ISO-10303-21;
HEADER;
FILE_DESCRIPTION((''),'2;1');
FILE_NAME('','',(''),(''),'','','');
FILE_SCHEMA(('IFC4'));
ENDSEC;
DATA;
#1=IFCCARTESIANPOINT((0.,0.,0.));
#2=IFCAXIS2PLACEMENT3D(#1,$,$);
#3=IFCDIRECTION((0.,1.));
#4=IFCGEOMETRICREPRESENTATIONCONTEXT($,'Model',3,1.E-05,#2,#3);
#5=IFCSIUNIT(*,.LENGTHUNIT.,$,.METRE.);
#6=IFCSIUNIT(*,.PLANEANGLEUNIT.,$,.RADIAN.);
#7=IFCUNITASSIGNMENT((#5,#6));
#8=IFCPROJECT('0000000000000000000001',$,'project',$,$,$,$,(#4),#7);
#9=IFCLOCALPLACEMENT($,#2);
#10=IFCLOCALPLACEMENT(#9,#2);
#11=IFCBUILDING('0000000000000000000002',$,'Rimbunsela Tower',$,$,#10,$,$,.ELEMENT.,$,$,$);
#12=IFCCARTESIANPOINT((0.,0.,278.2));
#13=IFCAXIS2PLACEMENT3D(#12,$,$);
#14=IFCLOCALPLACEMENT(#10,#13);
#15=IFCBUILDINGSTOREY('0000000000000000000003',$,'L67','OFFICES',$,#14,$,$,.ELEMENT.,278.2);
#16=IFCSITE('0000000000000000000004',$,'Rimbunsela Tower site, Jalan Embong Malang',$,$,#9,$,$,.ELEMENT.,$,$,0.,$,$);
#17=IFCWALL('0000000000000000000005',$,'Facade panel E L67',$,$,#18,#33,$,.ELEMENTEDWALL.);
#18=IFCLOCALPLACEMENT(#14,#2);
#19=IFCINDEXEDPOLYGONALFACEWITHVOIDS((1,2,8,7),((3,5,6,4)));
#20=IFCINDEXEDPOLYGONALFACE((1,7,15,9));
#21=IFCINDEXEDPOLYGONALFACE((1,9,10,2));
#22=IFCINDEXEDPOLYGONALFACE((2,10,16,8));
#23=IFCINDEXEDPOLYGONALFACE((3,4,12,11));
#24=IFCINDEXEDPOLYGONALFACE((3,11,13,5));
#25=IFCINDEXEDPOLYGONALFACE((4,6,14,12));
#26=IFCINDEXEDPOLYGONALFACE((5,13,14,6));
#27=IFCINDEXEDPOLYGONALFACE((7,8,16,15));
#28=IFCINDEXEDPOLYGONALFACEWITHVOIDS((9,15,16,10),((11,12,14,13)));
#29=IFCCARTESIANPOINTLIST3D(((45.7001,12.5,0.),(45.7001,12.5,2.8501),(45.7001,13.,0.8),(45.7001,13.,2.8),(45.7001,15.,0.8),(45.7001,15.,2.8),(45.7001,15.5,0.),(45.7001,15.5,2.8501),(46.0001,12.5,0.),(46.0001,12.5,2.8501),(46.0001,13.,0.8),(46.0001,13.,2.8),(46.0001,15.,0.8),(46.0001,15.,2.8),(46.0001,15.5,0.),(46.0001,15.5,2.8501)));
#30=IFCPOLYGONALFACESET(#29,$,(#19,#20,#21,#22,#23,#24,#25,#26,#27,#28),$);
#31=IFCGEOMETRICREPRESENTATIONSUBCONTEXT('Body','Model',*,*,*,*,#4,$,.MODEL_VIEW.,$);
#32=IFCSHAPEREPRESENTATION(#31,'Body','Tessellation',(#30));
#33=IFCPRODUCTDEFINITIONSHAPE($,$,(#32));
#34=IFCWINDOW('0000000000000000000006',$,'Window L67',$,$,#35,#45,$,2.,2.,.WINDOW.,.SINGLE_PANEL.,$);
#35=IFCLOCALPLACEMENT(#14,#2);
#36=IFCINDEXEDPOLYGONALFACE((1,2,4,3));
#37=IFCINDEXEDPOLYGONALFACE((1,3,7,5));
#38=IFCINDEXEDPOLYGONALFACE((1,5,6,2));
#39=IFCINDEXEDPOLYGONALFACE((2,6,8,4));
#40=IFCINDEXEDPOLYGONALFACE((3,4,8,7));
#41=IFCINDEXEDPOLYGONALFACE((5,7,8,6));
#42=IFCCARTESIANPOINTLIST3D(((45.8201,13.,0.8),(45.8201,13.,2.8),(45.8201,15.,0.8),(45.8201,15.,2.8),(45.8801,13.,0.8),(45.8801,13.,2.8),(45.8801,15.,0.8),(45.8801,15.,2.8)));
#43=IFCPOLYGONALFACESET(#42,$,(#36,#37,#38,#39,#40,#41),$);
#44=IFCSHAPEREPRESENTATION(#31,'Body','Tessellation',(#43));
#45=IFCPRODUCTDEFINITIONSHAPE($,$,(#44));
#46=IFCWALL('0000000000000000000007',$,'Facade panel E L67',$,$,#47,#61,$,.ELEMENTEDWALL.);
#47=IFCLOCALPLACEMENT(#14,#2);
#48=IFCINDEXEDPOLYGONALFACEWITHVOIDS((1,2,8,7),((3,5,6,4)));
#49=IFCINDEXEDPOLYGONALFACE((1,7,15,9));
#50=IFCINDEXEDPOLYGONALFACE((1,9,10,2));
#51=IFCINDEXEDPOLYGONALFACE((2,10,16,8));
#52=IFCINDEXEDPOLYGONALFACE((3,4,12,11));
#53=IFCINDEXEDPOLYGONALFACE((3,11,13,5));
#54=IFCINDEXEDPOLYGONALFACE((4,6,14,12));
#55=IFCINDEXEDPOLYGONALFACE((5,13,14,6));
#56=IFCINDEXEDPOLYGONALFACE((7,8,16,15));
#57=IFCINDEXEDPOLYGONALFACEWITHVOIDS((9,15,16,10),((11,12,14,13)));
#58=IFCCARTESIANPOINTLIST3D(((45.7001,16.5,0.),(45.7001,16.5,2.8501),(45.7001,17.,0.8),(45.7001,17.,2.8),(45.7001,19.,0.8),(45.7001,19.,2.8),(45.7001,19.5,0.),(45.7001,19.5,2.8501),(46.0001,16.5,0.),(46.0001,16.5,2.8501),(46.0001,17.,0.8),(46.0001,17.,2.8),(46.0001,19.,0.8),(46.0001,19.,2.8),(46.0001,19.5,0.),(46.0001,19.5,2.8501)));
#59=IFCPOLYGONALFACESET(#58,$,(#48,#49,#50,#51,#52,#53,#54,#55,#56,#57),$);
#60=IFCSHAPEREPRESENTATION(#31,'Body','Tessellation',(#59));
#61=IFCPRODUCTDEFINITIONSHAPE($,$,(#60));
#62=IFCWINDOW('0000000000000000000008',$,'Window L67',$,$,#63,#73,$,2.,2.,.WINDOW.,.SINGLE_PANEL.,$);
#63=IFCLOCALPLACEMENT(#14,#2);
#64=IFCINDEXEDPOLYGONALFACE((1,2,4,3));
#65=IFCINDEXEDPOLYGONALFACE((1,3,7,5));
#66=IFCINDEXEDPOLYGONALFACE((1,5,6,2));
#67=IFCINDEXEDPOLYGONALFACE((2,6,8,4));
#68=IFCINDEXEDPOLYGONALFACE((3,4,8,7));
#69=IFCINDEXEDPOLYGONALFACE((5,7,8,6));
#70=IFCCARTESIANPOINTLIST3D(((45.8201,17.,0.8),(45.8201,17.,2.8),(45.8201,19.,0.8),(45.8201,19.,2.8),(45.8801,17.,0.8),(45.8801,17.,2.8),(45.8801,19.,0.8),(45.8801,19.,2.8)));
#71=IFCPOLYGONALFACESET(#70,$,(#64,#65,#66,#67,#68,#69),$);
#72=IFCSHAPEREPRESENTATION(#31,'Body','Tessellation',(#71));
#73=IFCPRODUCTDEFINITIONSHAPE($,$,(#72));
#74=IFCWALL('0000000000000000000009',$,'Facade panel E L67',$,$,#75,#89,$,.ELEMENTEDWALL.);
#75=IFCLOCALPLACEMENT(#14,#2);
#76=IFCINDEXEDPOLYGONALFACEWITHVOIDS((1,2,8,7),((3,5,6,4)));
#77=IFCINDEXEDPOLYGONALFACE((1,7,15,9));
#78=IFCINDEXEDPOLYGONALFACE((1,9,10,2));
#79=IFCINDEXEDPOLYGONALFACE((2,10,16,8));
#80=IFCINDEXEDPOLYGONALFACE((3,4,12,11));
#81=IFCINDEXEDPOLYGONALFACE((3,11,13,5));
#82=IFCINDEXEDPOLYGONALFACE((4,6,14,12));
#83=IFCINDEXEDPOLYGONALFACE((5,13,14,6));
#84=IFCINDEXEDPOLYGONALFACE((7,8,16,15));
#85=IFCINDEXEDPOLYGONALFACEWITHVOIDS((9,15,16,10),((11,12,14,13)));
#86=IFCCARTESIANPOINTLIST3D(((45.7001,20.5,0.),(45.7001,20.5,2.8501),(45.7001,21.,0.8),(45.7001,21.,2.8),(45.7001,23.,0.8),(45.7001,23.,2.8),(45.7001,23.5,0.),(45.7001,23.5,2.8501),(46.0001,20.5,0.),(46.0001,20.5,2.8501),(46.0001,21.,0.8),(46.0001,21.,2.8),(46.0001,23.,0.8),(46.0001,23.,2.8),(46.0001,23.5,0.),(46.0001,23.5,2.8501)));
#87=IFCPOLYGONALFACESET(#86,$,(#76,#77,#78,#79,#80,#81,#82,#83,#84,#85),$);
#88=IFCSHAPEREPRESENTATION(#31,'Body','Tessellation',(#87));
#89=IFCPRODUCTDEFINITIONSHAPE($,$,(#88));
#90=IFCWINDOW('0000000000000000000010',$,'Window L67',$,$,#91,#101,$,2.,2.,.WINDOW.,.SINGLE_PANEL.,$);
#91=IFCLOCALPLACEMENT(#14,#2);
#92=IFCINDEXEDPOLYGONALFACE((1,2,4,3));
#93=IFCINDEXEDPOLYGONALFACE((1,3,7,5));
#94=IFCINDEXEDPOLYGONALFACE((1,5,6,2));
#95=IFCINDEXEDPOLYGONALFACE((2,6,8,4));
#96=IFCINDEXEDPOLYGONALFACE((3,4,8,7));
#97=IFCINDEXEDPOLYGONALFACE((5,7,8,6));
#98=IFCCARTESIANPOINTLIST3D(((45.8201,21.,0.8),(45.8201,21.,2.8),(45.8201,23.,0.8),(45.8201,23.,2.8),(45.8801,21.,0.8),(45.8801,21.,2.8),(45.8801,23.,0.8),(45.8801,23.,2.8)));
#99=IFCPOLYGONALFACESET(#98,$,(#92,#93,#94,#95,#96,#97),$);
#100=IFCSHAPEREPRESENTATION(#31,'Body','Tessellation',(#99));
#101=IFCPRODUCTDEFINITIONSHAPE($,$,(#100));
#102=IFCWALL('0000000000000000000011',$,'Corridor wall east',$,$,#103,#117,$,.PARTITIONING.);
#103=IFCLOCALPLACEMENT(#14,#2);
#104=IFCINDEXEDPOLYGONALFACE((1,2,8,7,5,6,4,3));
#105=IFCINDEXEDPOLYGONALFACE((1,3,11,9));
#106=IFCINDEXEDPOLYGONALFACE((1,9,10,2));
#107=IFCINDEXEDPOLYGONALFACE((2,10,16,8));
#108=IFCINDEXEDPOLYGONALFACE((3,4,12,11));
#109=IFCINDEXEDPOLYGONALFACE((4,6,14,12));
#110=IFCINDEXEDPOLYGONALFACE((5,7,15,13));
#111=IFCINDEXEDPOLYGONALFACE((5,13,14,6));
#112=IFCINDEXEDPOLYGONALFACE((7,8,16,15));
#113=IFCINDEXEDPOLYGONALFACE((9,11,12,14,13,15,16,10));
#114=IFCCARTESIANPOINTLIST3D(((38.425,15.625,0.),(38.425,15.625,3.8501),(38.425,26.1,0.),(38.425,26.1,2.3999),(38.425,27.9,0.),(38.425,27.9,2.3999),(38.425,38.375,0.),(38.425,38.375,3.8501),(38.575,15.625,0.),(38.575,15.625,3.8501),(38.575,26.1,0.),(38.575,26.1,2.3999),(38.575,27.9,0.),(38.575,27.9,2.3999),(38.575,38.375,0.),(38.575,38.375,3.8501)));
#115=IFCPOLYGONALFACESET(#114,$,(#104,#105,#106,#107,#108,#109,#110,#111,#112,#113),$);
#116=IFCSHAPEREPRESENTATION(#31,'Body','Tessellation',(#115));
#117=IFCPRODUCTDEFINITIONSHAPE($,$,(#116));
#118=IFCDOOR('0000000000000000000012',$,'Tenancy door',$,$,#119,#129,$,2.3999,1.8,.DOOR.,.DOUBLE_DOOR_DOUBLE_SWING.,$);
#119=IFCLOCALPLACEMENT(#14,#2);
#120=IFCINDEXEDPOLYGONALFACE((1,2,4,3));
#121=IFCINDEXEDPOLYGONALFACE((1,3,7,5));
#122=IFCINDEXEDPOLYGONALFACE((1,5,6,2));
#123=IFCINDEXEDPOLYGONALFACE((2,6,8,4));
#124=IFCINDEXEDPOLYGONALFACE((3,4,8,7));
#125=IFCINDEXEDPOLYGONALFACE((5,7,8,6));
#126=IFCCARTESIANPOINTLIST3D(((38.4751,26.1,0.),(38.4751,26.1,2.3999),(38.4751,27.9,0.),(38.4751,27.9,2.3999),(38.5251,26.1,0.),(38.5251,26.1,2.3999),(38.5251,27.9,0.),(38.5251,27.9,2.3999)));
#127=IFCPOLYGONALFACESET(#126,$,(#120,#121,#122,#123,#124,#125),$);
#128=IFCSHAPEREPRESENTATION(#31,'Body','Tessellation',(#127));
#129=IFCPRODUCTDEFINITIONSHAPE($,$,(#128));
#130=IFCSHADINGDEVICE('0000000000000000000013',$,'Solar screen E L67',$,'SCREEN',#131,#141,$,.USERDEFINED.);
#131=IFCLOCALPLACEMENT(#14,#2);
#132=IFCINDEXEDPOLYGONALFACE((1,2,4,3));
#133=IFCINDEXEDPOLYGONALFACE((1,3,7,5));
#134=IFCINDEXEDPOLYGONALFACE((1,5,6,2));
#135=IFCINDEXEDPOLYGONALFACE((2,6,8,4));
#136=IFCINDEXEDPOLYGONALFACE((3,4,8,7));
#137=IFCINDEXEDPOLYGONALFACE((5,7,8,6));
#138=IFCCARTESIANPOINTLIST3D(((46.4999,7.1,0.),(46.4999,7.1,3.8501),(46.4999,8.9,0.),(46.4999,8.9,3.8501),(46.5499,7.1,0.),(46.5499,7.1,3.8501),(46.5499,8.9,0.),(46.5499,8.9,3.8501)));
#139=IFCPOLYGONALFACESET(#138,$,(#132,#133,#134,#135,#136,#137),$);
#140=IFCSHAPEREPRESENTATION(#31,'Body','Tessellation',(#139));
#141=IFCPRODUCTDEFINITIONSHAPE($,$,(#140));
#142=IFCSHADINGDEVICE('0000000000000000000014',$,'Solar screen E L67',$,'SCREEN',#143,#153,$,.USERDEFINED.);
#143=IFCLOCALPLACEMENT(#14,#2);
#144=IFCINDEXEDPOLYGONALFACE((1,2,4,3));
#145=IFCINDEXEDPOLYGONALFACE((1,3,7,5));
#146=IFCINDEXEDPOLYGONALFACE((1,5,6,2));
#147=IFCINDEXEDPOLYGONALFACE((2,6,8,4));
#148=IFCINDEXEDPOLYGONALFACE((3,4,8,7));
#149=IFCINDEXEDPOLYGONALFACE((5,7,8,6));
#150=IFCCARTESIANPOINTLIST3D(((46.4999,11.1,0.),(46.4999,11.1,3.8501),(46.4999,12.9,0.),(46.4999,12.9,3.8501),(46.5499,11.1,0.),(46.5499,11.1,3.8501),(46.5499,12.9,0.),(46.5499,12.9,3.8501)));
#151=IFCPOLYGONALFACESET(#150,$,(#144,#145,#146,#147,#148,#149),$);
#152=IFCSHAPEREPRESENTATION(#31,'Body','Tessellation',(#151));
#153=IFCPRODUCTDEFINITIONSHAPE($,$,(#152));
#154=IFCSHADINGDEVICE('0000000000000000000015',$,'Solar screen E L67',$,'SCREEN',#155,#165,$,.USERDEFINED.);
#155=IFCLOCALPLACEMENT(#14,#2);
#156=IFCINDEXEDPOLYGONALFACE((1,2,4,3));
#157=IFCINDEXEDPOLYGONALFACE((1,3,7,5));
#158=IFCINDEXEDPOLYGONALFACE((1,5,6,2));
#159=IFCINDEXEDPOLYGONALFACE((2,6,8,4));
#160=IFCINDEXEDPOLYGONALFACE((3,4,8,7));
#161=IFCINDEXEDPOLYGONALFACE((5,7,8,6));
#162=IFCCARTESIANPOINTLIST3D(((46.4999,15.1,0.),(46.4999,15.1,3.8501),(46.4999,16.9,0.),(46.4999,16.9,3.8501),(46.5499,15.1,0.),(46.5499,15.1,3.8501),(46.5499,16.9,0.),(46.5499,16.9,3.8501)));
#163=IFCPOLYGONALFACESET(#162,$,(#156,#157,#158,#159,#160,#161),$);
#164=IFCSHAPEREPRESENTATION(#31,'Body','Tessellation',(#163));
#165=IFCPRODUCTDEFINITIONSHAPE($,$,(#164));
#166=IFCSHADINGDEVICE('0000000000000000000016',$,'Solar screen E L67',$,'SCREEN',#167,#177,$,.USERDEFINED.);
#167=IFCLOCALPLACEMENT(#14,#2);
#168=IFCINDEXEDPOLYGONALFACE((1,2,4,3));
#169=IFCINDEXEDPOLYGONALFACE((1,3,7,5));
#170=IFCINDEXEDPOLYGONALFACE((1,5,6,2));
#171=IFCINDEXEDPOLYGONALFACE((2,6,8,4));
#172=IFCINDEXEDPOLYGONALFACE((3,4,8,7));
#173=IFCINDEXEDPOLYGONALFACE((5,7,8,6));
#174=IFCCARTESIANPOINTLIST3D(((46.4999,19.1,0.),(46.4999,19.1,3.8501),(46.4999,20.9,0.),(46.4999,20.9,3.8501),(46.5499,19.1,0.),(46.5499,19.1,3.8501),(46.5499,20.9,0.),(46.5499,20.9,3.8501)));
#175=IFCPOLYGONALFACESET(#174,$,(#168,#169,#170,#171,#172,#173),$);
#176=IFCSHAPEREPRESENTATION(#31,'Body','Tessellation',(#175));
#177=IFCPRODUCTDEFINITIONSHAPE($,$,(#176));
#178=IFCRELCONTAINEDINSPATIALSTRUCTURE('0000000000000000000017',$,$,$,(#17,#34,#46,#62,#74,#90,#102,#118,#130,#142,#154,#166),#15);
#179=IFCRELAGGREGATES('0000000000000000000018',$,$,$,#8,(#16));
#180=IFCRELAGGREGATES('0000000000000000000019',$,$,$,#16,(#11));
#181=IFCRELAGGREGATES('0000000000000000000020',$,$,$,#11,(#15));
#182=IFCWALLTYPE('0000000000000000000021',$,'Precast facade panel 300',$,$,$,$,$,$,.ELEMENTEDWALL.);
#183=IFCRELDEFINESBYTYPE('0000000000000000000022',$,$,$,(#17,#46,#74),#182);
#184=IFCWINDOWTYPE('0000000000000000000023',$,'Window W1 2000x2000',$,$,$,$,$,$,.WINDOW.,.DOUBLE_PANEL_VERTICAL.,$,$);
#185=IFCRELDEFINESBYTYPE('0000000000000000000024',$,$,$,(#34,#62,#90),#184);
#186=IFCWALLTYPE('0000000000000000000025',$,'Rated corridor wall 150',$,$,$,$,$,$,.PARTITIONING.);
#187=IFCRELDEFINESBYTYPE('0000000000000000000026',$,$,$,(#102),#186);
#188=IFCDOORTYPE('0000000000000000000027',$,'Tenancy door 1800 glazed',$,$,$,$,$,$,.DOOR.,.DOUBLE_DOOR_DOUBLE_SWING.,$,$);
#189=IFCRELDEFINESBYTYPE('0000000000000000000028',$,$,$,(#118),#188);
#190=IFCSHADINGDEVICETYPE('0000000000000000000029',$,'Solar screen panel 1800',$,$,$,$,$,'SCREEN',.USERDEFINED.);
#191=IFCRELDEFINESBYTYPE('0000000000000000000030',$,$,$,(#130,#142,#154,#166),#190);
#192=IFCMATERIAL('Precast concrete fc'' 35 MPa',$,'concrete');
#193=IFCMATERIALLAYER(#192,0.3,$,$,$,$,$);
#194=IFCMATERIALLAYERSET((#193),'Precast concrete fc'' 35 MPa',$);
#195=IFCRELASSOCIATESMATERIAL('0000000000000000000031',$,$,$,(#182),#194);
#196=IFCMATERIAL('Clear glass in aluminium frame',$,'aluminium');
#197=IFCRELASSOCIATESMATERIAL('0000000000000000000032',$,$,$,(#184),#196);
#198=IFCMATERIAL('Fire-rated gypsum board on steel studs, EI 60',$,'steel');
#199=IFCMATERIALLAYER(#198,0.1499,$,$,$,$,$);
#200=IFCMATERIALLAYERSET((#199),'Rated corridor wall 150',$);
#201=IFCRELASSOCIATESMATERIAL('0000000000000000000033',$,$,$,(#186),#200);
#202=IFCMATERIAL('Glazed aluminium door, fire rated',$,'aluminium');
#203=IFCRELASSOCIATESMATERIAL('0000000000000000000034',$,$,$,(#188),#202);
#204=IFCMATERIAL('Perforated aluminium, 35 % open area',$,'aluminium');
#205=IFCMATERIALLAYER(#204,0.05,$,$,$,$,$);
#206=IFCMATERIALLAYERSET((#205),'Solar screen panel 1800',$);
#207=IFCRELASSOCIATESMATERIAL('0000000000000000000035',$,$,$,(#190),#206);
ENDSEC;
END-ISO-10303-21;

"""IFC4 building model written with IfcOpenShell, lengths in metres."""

from ifc_helpers import new_model, si_unit, direction, frame, frame_2d, origin, origin_2d, place, context, subcontext, project, spatial, rectangle, extrude, material, layer, layer_set, type_object, element, fill, save


model = new_model("IFC4")

# Units and contexts
model_context = context("Model", 3, precision=1e-05, world=origin(), true_north=direction((0.0, 1.0)))
body_context = subcontext(model_context, "Body", "Model", "MODEL_VIEW")
ifc_project = project(units=[si_unit("LENGTHUNIT", "METRE"), si_unit("PLANEANGLEUNIT", "RADIAN")], contexts=[model_context])

# Site, building, storey
site_placement = place(None, origin())
site = spatial("IfcSite", under=ifc_project, at=site_placement, Name="Rimbunsela Tower site, Jalan Embong Malang", CompositionType="ELEMENT", RefElevation=0.0)
building_placement = place(site_placement, origin())
building = spatial("IfcBuilding", under=site, at=building_placement, Name="Rimbunsela Tower", CompositionType="ELEMENT")
storey_placement = place(building_placement, frame((0.0, 0.0, 278.2)))
storey = spatial("IfcBuildingStorey", under=building, at=storey_placement, Name="L67", Description="OFFICES", CompositionType="ELEMENT", Elevation=278.2)

# Walls, openings, windows
ifc_material_1 = material(Name="Precast concrete fc' 35 MPa", Category="concrete")
ifc_layer_1 = layer(ifc_material_1, 0.3)
ifc_layer_set_1 = layer_set([ifc_layer_1], Name="Precast concrete fc' 35 MPa")
wall_type_1 = type_object("IfcWallType", Name="Precast facade panel 300", PredefinedType="ELEMENTEDWALL", material=ifc_layer_set_1)
ifc_material_2 = material(Name="Clear glass in aluminium frame", Category="aluminium")
window_type = type_object("IfcWindowType", Name="Window W1 2000x2000", PartitioningType="DOUBLE_PANEL_VERTICAL", PredefinedType="WINDOW", material=ifc_material_2)
wall_1_placement = place(storey_placement, frame((45.8501, 12.5, 0.0), z_axis=(0.0, 0.0, 1.0), x_axis=(0.0, 1.0, 0.0)))
wall_1 = element("IfcWall", 1, at=wall_1_placement, inside=storey, type_object=wall_type_1, Name="Facade panel E L67", PredefinedType="ELEMENTEDWALL", context=body_context, shape_type="SweptSolid", body=[
    extrude(rectangle(XDim=3.0, YDim=0.3, at=frame_2d((1.5, 0.0))), origin(), (0.0, 0.0, 1.0), 2.8501),
])
opening_1_placement = place(wall_1_placement, frame((0.5, 0.0, 0.8)))
opening_1 = element("IfcOpeningElement", 2, at=opening_1_placement, cuts=wall_1, PredefinedType="OPENING", context=body_context, shape_type="SweptSolid", body=[
    extrude(rectangle(XDim=2.0, YDim=2.0, at=frame_2d((1.0, 1.0))), frame((0.0, 0.1599, 0.0), z_axis=(0.0, -1.0, 0.0), x_axis=(1.0, 0.0, 0.0)), (0.0, 0.0, 1.0), 0.3201),
])
window_1_placement = place(opening_1_placement, origin())
window_1 = element("IfcWindow", 3, at=window_1_placement, inside=storey, type_object=window_type, Name="Window L67", OverallHeight=2.0, OverallWidth=2.0, PartitioningType="SINGLE_PANEL", PredefinedType="WINDOW", context=body_context, shape_type="SweptSolid", body=[
    extrude(rectangle(XDim=2.0, YDim=2.0, at=frame_2d((1.0, 1.0))), frame((0.0, 0.03, 0.0), z_axis=(0.0, -1.0, 0.0), x_axis=(1.0, 0.0, 0.0)), (0.0, 0.0, 1.0), 0.0601),
])
fill(opening_1, window_1)
wall_2_placement = place(storey_placement, frame((45.8501, 16.5, 0.0), z_axis=(0.0, 0.0, 1.0), x_axis=(0.0, 1.0, 0.0)))
wall_2 = element("IfcWall", 4, at=wall_2_placement, inside=storey, type_object=wall_type_1, Name="Facade panel E L67", PredefinedType="ELEMENTEDWALL", context=body_context, shape_type="SweptSolid", body=[
    extrude(rectangle(XDim=3.0, YDim=0.3, at=frame_2d((1.5, 0.0))), origin(), (0.0, 0.0, 1.0), 2.8501),
])
opening_2_placement = place(wall_2_placement, frame((0.5, 0.0, 0.8)))
opening_2 = element("IfcOpeningElement", 5, at=opening_2_placement, cuts=wall_2, PredefinedType="OPENING", context=body_context, shape_type="SweptSolid", body=[
    extrude(rectangle(XDim=2.0, YDim=2.0, at=frame_2d((1.0, 1.0))), frame((0.0, 0.1599, 0.0), z_axis=(0.0, -1.0, 0.0), x_axis=(1.0, 0.0, 0.0)), (0.0, 0.0, 1.0), 0.3201),
])
window_2_placement = place(opening_2_placement, origin())
window_2 = element("IfcWindow", 6, at=window_2_placement, inside=storey, type_object=window_type, Name="Window L67", OverallHeight=2.0, OverallWidth=2.0, PartitioningType="SINGLE_PANEL", PredefinedType="WINDOW", context=body_context, shape_type="SweptSolid", body=[
    extrude(rectangle(XDim=2.0, YDim=2.0, at=frame_2d((1.0, 1.0))), frame((0.0, 0.03, 0.0), z_axis=(0.0, -1.0, 0.0), x_axis=(1.0, 0.0, 0.0)), (0.0, 0.0, 1.0), 0.0601),
])
fill(opening_2, window_2)
wall_3_placement = place(storey_placement, frame((45.8501, 20.5, 0.0), z_axis=(0.0, 0.0, 1.0), x_axis=(0.0, 1.0, 0.0)))
wall_3 = element("IfcWall", 7, at=wall_3_placement, inside=storey, type_object=wall_type_1, Name="Facade panel E L67", PredefinedType="ELEMENTEDWALL", context=body_context, shape_type="SweptSolid", body=[
    extrude(rectangle(XDim=3.0, YDim=0.3, at=frame_2d((1.5, 0.0))), origin(), (0.0, 0.0, 1.0), 2.8501),
])
opening_3_placement = place(wall_3_placement, frame((0.5, 0.0, 0.8)))
opening_3 = element("IfcOpeningElement", 8, at=opening_3_placement, cuts=wall_3, PredefinedType="OPENING", context=body_context, shape_type="SweptSolid", body=[
    extrude(rectangle(XDim=2.0, YDim=2.0, at=frame_2d((1.0, 1.0))), frame((0.0, 0.1599, 0.0), z_axis=(0.0, -1.0, 0.0), x_axis=(1.0, 0.0, 0.0)), (0.0, 0.0, 1.0), 0.3201),
])
window_3_placement = place(opening_3_placement, origin())
window_3 = element("IfcWindow", 9, at=window_3_placement, inside=storey, type_object=window_type, Name="Window L67", OverallHeight=2.0, OverallWidth=2.0, PartitioningType="SINGLE_PANEL", PredefinedType="WINDOW", context=body_context, shape_type="SweptSolid", body=[
    extrude(rectangle(XDim=2.0, YDim=2.0, at=frame_2d((1.0, 1.0))), frame((0.0, 0.03, 0.0), z_axis=(0.0, -1.0, 0.0), x_axis=(1.0, 0.0, 0.0)), (0.0, 0.0, 1.0), 0.0601),
])
fill(opening_3, window_3)

# Wall, opening, door
ifc_material_3 = material(Name="Fire-rated gypsum board on steel studs, EI 60", Category="steel")
ifc_layer_2 = layer(ifc_material_3, 0.1499)
ifc_layer_set_2 = layer_set([ifc_layer_2], Name="Rated corridor wall 150")
wall_type_2 = type_object("IfcWallType", Name="Rated corridor wall 150", PredefinedType="PARTITIONING", material=ifc_layer_set_2)
wall_4_placement = place(storey_placement, frame((38.5, 15.625, 0.0), z_axis=(0.0, 0.0, 1.0), x_axis=(0.0, 1.0, 0.0)))
wall_4 = element("IfcWall", 10, at=wall_4_placement, inside=storey, type_object=wall_type_2, Name="Corridor wall east", PredefinedType="PARTITIONING", context=body_context, shape_type="SweptSolid", body=[
    extrude(rectangle(XDim=22.75, YDim=0.1499, at=frame_2d((11.375, 0.0))), origin(), (0.0, 0.0, 1.0), 3.8501),
])
opening_4_placement = place(wall_4_placement, frame((10.4751, 0.0, 0.0)))
opening_4 = element("IfcOpeningElement", 11, at=opening_4_placement, cuts=wall_4, PredefinedType="OPENING", context=body_context, shape_type="SweptSolid", body=[
    extrude(rectangle(XDim=1.8, YDim=2.3999, at=frame_2d((0.8999, 1.2))), frame((0.0, 0.085, 0.0), z_axis=(0.0, -1.0, 0.0), x_axis=(1.0, 0.0, 0.0)), (0.0, 0.0, 1.0), 0.1699),
])
ifc_material_4 = material(Name="Glazed aluminium door, fire rated", Category="aluminium")
door_type = type_object("IfcDoorType", Name="Tenancy door 1800 glazed", OperationType="DOUBLE_DOOR_DOUBLE_SWING", PredefinedType="DOOR", material=ifc_material_4)
door_placement = place(opening_4_placement, origin())
door = element("IfcDoor", 12, at=door_placement, inside=storey, type_object=door_type, Name="Tenancy door", OperationType="DOUBLE_DOOR_DOUBLE_SWING", OverallHeight=2.3999, OverallWidth=1.8, PredefinedType="DOOR", context=body_context, shape_type="SweptSolid", body=[
    extrude(rectangle(XDim=1.8, YDim=2.3999, at=frame_2d((0.8999, 1.2))), frame((0.0, 0.0249, 0.0), z_axis=(0.0, -1.0, 0.0), x_axis=(1.0, 0.0, 0.0)), (0.0, 0.0, 1.0), 0.05),
])
fill(opening_4, door)

# Shading devices
ifc_material_5 = material(Name="Perforated aluminium, 35 % open area", Category="aluminium")
ifc_layer_3 = layer(ifc_material_5, 0.05)
ifc_layer_set_3 = layer_set([ifc_layer_3], Name="Solar screen panel 1800")
shading_device_type = type_object("IfcShadingDeviceType", Name="Solar screen panel 1800", ElementType="SCREEN", PredefinedType="USERDEFINED", material=ifc_layer_set_3)
for number, where, z_axis, x_axis, name in (
    (13, (46.5249, 8.0, 0.0), (0.0, 0.0, 1.0), (0.0, 1.0, 0.0), "Solar screen E L67"),
    (14, (46.5249, 12.0, 0.0), (0.0, 0.0, 1.0), (0.0, 1.0, 0.0), "Solar screen E L67"),
    (15, (46.5249, 16.0, 0.0), (0.0, 0.0, 1.0), (0.0, 1.0, 0.0), "Solar screen E L67"),
    (16, (46.5249, 20.0, 0.0), (0.0, 0.0, 1.0), (0.0, 1.0, 0.0), "Solar screen E L67"),
):
    element("IfcShadingDevice", number, at=place(storey_placement, frame(where, z_axis=z_axis, x_axis=x_axis)), inside=storey, type_object=shading_device_type, Name=name, ObjectType="SCREEN", PredefinedType="USERDEFINED", context=body_context, shape_type="SweptSolid", body=[
        extrude(rectangle(XDim=1.8, YDim=0.05, at=origin_2d()), origin(), (0.0, 0.0, 1.0), 3.8501),
    ])

save(model, "model.ifc")
